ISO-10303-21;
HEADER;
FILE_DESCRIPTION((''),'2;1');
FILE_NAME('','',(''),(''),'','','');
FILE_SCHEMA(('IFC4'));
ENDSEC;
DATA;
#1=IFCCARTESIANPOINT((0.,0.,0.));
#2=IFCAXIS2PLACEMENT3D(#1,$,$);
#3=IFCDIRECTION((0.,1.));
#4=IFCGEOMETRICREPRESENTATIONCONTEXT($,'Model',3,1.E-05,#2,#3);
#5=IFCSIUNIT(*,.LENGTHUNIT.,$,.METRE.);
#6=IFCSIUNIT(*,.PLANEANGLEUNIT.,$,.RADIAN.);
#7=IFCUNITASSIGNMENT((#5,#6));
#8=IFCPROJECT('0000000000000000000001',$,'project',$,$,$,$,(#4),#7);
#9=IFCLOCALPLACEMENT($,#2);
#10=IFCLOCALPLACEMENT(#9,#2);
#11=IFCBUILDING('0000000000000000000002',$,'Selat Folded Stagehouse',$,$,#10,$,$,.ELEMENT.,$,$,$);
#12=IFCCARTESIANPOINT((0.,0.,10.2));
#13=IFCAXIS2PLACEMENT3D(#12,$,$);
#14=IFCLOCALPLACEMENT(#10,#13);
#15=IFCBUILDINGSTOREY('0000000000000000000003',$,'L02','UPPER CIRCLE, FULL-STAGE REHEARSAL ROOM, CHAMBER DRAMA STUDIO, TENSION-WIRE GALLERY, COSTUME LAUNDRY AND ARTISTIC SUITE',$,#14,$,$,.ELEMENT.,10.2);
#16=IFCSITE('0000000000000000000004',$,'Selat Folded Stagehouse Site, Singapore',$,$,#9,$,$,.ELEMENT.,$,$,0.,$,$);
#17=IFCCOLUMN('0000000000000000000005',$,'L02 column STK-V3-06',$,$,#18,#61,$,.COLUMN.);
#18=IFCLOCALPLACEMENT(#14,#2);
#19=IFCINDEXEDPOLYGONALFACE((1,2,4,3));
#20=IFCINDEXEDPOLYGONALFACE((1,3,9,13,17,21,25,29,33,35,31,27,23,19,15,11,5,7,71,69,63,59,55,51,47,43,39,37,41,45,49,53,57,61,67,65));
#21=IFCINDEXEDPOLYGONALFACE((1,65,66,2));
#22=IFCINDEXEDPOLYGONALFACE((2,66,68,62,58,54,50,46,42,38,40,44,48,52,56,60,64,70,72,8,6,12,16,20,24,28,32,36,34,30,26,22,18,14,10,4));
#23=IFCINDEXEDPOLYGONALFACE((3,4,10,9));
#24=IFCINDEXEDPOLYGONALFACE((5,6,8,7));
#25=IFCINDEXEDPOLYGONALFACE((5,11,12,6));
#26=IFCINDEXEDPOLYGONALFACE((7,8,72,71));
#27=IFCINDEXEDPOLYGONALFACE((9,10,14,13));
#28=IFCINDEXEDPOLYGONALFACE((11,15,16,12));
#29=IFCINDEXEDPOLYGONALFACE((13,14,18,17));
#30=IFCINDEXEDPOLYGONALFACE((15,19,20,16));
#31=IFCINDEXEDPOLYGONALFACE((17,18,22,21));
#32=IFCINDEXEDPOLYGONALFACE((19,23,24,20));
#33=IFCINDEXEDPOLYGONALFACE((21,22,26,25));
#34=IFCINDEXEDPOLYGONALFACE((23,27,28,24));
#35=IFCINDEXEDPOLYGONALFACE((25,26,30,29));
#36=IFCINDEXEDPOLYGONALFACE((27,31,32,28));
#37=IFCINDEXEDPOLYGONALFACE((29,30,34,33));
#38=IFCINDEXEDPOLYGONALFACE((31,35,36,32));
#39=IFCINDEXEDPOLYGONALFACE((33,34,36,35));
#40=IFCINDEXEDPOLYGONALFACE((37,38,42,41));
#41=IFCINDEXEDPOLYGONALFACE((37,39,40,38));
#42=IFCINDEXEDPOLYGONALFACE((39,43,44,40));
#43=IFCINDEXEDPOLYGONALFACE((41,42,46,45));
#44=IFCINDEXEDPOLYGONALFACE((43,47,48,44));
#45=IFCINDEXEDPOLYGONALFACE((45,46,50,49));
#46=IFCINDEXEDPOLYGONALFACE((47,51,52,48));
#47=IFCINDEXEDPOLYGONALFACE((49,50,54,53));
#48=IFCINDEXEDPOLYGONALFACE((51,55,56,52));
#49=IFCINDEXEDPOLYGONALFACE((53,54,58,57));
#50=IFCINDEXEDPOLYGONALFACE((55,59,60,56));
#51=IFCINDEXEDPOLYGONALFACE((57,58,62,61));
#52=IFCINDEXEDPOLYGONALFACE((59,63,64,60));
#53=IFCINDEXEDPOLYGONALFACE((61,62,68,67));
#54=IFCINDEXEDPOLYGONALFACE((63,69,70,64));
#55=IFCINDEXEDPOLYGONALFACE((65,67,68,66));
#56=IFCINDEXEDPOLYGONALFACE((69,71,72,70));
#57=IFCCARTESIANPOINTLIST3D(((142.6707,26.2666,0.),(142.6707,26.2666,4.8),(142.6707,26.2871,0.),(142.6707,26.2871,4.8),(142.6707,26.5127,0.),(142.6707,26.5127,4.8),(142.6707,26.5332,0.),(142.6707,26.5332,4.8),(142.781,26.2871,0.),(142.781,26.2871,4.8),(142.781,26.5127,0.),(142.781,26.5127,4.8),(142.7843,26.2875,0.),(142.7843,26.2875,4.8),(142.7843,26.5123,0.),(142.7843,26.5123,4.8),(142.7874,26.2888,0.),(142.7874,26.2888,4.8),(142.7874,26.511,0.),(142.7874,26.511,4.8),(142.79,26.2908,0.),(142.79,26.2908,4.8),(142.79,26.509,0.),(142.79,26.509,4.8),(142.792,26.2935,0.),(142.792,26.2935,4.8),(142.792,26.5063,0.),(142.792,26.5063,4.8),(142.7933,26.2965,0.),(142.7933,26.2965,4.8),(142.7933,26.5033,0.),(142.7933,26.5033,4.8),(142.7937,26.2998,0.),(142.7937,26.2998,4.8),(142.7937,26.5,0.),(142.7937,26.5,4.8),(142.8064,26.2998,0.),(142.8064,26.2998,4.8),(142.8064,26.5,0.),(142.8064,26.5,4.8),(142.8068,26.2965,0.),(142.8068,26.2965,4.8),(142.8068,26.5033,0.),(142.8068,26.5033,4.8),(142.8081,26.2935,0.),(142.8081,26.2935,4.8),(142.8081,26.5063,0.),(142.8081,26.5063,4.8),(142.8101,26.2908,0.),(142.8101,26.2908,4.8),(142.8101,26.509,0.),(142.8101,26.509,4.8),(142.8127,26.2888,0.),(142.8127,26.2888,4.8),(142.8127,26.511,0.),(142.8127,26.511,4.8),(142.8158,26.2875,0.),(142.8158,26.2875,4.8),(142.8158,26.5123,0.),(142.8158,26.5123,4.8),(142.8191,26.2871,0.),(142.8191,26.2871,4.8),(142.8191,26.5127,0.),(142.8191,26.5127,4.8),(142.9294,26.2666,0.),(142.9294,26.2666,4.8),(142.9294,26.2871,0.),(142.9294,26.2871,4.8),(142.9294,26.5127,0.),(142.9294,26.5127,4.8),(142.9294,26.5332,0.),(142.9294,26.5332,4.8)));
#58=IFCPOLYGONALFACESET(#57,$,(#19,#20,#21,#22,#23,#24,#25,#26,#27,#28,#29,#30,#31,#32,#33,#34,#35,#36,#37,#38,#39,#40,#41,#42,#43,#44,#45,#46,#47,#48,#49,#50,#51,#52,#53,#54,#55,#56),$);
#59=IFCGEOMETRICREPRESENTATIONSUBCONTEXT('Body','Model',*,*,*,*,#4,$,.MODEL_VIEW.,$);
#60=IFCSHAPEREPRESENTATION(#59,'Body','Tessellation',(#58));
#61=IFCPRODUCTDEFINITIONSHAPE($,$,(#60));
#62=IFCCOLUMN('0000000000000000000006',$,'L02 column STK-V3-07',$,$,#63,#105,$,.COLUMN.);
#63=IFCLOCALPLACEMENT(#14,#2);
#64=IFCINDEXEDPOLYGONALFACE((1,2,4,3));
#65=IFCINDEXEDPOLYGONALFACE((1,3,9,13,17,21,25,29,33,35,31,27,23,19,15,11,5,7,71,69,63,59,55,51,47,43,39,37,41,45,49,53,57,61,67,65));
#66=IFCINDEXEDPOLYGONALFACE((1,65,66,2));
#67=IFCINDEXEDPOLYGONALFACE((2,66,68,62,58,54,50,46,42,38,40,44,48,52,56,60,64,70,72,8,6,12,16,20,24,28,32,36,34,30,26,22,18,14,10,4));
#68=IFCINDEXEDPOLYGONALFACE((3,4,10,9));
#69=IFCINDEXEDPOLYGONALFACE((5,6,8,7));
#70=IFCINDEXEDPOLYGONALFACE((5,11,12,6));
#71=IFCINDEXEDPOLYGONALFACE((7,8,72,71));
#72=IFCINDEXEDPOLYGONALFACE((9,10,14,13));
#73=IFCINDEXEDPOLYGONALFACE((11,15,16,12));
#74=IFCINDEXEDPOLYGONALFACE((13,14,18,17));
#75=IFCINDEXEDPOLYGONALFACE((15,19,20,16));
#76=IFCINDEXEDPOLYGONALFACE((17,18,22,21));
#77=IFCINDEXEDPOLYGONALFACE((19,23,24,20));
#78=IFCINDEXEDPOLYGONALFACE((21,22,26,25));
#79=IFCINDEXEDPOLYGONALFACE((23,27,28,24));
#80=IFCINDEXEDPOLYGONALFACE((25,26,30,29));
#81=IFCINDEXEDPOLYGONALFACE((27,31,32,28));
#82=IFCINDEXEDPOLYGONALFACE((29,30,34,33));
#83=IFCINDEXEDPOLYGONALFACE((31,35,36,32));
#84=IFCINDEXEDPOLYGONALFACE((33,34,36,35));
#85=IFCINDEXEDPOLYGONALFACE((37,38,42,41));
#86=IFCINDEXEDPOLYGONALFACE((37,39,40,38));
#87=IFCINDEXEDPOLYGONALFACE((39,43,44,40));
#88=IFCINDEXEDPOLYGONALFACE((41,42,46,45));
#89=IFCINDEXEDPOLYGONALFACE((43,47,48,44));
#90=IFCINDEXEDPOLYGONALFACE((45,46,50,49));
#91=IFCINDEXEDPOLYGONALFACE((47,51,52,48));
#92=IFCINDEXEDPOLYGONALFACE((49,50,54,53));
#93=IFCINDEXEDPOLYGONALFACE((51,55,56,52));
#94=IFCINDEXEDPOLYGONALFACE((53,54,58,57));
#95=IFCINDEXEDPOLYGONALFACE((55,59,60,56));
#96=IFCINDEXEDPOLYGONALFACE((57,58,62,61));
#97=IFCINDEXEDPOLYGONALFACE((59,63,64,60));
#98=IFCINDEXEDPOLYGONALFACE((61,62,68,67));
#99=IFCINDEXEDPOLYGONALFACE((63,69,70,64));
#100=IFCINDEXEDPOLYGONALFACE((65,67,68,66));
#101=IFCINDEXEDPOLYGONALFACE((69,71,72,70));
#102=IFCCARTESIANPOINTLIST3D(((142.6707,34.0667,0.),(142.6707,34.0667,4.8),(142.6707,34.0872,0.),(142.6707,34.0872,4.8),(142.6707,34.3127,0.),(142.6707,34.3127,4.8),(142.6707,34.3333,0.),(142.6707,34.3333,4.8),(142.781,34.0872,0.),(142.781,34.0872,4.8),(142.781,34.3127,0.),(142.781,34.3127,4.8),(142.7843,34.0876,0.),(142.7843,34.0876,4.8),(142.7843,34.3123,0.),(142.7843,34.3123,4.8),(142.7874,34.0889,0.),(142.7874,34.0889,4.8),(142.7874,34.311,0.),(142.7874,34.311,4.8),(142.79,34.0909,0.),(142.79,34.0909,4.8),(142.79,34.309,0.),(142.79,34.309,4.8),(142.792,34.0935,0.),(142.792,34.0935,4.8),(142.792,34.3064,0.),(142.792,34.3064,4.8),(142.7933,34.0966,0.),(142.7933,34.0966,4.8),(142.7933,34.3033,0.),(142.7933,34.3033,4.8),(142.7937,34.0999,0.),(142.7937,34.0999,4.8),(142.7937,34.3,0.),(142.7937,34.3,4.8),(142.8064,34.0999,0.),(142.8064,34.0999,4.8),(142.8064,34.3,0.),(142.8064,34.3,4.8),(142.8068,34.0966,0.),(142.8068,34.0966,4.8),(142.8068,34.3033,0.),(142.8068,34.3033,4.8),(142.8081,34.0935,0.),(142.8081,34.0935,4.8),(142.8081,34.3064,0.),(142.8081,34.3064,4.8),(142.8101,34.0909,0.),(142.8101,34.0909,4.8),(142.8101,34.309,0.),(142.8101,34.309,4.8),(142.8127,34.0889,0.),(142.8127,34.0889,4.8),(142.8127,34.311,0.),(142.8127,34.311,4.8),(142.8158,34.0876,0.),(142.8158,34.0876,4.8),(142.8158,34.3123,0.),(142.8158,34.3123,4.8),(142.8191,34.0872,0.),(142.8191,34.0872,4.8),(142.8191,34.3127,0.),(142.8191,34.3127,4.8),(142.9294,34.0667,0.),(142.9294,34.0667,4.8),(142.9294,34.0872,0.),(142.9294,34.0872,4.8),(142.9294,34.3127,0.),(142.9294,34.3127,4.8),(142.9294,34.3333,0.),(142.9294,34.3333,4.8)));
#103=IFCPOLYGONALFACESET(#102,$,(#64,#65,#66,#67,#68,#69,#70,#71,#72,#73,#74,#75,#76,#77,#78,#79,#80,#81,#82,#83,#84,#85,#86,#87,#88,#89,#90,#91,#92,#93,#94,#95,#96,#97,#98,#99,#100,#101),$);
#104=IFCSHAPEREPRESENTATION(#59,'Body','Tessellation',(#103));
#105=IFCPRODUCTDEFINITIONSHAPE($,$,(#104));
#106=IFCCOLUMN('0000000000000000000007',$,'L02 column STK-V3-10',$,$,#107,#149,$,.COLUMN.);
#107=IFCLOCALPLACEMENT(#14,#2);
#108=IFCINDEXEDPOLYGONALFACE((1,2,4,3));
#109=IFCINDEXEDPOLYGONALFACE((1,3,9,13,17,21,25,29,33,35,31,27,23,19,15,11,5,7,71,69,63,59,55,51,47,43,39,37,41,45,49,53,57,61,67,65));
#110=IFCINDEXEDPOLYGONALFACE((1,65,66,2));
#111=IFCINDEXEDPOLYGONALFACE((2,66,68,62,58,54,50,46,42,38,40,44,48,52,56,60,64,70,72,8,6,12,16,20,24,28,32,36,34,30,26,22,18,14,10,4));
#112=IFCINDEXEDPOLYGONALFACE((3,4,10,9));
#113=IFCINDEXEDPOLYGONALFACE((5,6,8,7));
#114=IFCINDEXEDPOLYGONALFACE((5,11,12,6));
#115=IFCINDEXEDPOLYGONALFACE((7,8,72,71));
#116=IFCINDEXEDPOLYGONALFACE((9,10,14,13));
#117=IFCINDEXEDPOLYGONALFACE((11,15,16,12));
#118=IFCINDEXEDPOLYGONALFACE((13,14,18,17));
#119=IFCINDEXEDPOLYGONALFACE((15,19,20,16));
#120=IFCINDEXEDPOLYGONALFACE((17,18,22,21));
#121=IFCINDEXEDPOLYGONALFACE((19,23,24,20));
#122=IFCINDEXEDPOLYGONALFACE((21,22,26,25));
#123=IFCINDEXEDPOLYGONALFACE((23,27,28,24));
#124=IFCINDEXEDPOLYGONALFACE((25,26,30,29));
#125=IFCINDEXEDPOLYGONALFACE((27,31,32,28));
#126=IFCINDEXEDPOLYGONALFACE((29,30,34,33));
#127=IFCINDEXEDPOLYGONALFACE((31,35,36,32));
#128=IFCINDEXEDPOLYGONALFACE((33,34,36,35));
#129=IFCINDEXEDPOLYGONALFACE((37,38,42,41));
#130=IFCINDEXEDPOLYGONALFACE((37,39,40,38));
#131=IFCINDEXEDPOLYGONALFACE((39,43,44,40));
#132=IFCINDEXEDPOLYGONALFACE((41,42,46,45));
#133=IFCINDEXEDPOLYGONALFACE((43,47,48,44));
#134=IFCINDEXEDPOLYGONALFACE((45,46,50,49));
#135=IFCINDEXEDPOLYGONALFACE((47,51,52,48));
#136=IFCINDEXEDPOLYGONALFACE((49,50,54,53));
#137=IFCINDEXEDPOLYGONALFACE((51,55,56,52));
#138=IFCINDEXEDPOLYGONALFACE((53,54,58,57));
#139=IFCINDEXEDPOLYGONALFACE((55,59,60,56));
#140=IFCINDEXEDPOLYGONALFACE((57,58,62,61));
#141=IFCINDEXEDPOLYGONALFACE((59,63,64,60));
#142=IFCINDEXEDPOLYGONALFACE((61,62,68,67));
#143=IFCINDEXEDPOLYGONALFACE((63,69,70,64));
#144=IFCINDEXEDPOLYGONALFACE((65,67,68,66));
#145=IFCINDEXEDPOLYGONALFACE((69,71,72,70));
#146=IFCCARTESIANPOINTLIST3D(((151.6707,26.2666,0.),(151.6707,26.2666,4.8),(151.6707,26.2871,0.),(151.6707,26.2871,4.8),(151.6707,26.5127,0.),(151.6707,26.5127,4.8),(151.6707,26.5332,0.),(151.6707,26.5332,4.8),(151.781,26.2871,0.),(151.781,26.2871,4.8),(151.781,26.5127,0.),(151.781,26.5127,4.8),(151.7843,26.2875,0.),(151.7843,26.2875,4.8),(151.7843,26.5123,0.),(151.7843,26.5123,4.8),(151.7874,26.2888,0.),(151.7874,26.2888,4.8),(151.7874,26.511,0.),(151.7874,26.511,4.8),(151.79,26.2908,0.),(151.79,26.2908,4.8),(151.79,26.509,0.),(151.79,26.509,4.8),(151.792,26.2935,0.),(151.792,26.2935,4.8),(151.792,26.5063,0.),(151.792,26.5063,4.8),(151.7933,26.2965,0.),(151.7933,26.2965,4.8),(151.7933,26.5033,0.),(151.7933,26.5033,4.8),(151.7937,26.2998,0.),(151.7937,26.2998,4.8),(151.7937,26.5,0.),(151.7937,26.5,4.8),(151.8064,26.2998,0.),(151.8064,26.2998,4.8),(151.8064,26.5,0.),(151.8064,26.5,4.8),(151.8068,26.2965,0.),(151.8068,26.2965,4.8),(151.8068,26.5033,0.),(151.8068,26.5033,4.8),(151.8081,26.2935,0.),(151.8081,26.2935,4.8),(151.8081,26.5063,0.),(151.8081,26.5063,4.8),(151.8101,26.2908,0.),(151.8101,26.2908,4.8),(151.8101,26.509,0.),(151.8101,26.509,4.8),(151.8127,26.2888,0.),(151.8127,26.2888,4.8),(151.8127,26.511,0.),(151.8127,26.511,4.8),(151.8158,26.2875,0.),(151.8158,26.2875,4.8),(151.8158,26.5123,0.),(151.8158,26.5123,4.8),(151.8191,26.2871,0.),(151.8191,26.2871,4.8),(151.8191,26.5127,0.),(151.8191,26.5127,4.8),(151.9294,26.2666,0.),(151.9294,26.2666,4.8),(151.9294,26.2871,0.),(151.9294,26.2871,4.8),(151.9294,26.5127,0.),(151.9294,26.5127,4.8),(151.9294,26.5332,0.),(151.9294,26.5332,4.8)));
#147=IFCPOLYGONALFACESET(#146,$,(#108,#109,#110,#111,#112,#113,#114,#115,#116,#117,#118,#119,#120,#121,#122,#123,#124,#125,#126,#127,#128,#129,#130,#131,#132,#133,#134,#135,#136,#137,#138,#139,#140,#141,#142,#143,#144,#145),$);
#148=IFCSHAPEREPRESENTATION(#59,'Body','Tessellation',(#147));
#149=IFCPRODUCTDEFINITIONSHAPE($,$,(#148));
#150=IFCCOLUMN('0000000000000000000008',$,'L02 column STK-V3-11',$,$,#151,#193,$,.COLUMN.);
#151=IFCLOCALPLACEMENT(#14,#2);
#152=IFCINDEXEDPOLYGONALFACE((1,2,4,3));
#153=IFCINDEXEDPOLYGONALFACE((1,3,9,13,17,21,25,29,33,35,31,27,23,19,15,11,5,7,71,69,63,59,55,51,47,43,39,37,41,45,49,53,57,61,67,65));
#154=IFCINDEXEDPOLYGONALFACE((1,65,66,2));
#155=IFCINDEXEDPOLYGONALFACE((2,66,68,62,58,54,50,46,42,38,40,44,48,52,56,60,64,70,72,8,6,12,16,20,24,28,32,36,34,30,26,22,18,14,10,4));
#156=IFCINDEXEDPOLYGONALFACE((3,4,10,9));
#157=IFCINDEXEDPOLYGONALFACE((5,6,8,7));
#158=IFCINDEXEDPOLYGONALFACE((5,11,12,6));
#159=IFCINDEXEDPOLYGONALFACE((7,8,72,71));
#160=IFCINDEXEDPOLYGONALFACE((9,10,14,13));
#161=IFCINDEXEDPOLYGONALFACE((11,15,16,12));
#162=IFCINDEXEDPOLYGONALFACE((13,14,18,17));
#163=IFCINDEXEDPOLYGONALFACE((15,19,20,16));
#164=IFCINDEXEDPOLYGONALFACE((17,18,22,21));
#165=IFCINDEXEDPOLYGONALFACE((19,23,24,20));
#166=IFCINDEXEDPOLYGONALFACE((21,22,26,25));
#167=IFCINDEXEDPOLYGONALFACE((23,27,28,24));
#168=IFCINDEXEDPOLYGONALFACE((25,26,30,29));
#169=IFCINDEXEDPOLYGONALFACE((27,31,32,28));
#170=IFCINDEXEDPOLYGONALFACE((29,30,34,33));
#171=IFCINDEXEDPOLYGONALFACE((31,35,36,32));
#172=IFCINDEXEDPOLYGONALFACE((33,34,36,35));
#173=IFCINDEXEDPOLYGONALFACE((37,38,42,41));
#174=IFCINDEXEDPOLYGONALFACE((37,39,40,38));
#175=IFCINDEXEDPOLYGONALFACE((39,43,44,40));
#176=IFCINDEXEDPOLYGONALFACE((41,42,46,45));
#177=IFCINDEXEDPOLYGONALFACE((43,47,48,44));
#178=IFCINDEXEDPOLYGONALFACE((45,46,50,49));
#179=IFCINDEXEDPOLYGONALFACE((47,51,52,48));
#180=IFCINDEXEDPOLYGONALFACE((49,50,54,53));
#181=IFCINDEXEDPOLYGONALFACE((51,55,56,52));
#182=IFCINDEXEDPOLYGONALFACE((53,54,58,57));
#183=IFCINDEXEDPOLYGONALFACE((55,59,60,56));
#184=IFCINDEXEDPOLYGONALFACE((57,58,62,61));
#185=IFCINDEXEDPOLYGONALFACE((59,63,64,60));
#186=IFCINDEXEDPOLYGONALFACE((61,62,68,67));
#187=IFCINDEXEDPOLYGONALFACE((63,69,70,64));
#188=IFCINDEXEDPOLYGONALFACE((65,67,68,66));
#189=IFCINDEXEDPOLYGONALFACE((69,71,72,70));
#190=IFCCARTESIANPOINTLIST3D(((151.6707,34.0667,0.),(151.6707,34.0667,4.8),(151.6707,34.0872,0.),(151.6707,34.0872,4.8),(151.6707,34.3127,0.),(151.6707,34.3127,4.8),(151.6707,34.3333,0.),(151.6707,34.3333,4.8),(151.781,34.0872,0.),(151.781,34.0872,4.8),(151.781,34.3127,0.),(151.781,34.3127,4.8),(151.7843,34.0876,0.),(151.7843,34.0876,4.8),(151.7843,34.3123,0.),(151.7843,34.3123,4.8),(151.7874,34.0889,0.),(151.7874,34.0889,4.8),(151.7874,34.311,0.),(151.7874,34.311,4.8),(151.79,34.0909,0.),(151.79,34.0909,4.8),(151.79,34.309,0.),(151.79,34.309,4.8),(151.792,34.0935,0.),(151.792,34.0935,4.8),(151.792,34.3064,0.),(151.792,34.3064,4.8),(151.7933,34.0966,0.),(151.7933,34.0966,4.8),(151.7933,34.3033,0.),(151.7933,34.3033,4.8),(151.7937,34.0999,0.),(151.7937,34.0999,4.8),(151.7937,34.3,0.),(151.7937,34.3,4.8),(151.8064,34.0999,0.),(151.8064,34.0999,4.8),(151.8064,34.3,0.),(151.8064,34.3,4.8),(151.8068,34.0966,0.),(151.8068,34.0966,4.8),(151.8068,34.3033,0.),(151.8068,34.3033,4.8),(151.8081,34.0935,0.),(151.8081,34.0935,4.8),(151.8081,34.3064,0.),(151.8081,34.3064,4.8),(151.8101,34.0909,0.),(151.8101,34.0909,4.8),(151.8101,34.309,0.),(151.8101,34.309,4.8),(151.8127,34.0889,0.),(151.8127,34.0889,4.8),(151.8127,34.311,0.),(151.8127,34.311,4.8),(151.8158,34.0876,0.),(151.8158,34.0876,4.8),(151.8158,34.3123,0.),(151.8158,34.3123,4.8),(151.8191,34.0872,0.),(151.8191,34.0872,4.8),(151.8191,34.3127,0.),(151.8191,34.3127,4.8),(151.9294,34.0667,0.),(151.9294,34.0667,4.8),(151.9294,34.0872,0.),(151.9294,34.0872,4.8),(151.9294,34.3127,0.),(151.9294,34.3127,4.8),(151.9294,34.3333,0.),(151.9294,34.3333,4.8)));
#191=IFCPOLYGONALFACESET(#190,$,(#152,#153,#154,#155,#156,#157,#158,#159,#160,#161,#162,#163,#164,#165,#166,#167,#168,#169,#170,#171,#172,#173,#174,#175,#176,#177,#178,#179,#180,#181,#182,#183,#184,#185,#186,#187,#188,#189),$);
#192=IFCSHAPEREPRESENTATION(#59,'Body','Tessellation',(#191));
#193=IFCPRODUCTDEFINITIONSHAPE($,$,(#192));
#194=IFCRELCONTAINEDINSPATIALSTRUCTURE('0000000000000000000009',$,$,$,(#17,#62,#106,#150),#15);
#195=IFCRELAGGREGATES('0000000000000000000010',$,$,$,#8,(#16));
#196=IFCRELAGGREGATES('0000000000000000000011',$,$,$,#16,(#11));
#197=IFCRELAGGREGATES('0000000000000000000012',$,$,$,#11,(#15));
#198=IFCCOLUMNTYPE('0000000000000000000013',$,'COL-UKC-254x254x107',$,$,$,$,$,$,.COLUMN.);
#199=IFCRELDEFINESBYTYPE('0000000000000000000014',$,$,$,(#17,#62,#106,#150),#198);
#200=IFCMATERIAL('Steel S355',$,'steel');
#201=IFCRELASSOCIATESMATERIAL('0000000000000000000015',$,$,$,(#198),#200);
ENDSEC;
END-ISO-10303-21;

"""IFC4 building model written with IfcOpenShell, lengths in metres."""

from ifc_helpers import new_model, si_unit, direction, frame, origin, origin_2d, place, context, subcontext, project, spatial, i_section, extrude, material, material_profile, profile_set, type_object, element, save


model = new_model("IFC4")

# Units and contexts
model_context = context("Model", 3, precision=1e-05, world=origin(), true_north=direction((0.0, 1.0)))
body_context = subcontext(model_context, "Body", "Model", "MODEL_VIEW")
ifc_project = project(units=[si_unit("LENGTHUNIT", "METRE"), si_unit("PLANEANGLEUNIT", "RADIAN")], contexts=[model_context])

# Site, building, storey
site_placement = place(None, origin())
site = spatial("IfcSite", under=ifc_project, at=site_placement, Name="Selat Folded Stagehouse Site, Singapore", CompositionType="ELEMENT", RefElevation=0.0)
building_placement = place(site_placement, origin())
building = spatial("IfcBuilding", under=site, at=building_placement, Name="Selat Folded Stagehouse", CompositionType="ELEMENT")
storey_placement = place(building_placement, frame((0.0, 0.0, 10.2)))
storey = spatial("IfcBuildingStorey", under=building, at=storey_placement, Name="L02", Description="UPPER CIRCLE, FULL-STAGE REHEARSAL ROOM, CHAMBER DRAMA STUDIO, TENSION-WIRE GALLERY, COSTUME LAUNDRY AND ARTISTIC SUITE", CompositionType="ELEMENT", Elevation=10.2)

# Columns
ifc_material_1 = material(Name="Steel S355", Category="steel")
ifc_material_profile_1 = material_profile(ifc_material_1, i_section(OverallWidth=0.2588, OverallDepth=0.2666, WebThickness=0.0127, FlangeThickness=0.0205, FilletRadius=0.0127, at=origin_2d()), Name="UKC 254x254x107")
ifc_profile_set_1 = profile_set([ifc_material_profile_1], Name="Steel S355")
column_type = type_object("IfcColumnType", Name="COL-UKC-254x254x107", PredefinedType="COLUMN", material=ifc_profile_set_1)
for number, where, z_axis, x_axis, name in (
    (1, (142.8, 26.3999, 0.0), (0.0, 0.0, 1.0), (1.0, 0.0, 0.0), "L02 column STK-V3-06"),
    (2, (142.8, 34.2, 0.0), (0.0, 0.0, 1.0), (1.0, 0.0, 0.0), "L02 column STK-V3-07"),
    (3, (151.8, 26.3999, 0.0), (0.0, 0.0, 1.0), (1.0, 0.0, 0.0), "L02 column STK-V3-10"),
    (4, (151.8, 34.2, 0.0), (0.0, 0.0, 1.0), (1.0, 0.0, 0.0), "L02 column STK-V3-11"),
):
    element("IfcColumn", number, at=place(storey_placement, frame(where, z_axis=z_axis, x_axis=x_axis)), inside=storey, type_object=column_type, Name=name, PredefinedType="COLUMN", context=body_context, shape_type="SweptSolid", body=[
        extrude(i_section(OverallWidth=0.2588, OverallDepth=0.2666, WebThickness=0.0127, FlangeThickness=0.0205, FilletRadius=0.0127, at=origin_2d()), origin(), (0.0, 0.0, 1.0), 4.8),
    ])

save(model, "model.ifc")
